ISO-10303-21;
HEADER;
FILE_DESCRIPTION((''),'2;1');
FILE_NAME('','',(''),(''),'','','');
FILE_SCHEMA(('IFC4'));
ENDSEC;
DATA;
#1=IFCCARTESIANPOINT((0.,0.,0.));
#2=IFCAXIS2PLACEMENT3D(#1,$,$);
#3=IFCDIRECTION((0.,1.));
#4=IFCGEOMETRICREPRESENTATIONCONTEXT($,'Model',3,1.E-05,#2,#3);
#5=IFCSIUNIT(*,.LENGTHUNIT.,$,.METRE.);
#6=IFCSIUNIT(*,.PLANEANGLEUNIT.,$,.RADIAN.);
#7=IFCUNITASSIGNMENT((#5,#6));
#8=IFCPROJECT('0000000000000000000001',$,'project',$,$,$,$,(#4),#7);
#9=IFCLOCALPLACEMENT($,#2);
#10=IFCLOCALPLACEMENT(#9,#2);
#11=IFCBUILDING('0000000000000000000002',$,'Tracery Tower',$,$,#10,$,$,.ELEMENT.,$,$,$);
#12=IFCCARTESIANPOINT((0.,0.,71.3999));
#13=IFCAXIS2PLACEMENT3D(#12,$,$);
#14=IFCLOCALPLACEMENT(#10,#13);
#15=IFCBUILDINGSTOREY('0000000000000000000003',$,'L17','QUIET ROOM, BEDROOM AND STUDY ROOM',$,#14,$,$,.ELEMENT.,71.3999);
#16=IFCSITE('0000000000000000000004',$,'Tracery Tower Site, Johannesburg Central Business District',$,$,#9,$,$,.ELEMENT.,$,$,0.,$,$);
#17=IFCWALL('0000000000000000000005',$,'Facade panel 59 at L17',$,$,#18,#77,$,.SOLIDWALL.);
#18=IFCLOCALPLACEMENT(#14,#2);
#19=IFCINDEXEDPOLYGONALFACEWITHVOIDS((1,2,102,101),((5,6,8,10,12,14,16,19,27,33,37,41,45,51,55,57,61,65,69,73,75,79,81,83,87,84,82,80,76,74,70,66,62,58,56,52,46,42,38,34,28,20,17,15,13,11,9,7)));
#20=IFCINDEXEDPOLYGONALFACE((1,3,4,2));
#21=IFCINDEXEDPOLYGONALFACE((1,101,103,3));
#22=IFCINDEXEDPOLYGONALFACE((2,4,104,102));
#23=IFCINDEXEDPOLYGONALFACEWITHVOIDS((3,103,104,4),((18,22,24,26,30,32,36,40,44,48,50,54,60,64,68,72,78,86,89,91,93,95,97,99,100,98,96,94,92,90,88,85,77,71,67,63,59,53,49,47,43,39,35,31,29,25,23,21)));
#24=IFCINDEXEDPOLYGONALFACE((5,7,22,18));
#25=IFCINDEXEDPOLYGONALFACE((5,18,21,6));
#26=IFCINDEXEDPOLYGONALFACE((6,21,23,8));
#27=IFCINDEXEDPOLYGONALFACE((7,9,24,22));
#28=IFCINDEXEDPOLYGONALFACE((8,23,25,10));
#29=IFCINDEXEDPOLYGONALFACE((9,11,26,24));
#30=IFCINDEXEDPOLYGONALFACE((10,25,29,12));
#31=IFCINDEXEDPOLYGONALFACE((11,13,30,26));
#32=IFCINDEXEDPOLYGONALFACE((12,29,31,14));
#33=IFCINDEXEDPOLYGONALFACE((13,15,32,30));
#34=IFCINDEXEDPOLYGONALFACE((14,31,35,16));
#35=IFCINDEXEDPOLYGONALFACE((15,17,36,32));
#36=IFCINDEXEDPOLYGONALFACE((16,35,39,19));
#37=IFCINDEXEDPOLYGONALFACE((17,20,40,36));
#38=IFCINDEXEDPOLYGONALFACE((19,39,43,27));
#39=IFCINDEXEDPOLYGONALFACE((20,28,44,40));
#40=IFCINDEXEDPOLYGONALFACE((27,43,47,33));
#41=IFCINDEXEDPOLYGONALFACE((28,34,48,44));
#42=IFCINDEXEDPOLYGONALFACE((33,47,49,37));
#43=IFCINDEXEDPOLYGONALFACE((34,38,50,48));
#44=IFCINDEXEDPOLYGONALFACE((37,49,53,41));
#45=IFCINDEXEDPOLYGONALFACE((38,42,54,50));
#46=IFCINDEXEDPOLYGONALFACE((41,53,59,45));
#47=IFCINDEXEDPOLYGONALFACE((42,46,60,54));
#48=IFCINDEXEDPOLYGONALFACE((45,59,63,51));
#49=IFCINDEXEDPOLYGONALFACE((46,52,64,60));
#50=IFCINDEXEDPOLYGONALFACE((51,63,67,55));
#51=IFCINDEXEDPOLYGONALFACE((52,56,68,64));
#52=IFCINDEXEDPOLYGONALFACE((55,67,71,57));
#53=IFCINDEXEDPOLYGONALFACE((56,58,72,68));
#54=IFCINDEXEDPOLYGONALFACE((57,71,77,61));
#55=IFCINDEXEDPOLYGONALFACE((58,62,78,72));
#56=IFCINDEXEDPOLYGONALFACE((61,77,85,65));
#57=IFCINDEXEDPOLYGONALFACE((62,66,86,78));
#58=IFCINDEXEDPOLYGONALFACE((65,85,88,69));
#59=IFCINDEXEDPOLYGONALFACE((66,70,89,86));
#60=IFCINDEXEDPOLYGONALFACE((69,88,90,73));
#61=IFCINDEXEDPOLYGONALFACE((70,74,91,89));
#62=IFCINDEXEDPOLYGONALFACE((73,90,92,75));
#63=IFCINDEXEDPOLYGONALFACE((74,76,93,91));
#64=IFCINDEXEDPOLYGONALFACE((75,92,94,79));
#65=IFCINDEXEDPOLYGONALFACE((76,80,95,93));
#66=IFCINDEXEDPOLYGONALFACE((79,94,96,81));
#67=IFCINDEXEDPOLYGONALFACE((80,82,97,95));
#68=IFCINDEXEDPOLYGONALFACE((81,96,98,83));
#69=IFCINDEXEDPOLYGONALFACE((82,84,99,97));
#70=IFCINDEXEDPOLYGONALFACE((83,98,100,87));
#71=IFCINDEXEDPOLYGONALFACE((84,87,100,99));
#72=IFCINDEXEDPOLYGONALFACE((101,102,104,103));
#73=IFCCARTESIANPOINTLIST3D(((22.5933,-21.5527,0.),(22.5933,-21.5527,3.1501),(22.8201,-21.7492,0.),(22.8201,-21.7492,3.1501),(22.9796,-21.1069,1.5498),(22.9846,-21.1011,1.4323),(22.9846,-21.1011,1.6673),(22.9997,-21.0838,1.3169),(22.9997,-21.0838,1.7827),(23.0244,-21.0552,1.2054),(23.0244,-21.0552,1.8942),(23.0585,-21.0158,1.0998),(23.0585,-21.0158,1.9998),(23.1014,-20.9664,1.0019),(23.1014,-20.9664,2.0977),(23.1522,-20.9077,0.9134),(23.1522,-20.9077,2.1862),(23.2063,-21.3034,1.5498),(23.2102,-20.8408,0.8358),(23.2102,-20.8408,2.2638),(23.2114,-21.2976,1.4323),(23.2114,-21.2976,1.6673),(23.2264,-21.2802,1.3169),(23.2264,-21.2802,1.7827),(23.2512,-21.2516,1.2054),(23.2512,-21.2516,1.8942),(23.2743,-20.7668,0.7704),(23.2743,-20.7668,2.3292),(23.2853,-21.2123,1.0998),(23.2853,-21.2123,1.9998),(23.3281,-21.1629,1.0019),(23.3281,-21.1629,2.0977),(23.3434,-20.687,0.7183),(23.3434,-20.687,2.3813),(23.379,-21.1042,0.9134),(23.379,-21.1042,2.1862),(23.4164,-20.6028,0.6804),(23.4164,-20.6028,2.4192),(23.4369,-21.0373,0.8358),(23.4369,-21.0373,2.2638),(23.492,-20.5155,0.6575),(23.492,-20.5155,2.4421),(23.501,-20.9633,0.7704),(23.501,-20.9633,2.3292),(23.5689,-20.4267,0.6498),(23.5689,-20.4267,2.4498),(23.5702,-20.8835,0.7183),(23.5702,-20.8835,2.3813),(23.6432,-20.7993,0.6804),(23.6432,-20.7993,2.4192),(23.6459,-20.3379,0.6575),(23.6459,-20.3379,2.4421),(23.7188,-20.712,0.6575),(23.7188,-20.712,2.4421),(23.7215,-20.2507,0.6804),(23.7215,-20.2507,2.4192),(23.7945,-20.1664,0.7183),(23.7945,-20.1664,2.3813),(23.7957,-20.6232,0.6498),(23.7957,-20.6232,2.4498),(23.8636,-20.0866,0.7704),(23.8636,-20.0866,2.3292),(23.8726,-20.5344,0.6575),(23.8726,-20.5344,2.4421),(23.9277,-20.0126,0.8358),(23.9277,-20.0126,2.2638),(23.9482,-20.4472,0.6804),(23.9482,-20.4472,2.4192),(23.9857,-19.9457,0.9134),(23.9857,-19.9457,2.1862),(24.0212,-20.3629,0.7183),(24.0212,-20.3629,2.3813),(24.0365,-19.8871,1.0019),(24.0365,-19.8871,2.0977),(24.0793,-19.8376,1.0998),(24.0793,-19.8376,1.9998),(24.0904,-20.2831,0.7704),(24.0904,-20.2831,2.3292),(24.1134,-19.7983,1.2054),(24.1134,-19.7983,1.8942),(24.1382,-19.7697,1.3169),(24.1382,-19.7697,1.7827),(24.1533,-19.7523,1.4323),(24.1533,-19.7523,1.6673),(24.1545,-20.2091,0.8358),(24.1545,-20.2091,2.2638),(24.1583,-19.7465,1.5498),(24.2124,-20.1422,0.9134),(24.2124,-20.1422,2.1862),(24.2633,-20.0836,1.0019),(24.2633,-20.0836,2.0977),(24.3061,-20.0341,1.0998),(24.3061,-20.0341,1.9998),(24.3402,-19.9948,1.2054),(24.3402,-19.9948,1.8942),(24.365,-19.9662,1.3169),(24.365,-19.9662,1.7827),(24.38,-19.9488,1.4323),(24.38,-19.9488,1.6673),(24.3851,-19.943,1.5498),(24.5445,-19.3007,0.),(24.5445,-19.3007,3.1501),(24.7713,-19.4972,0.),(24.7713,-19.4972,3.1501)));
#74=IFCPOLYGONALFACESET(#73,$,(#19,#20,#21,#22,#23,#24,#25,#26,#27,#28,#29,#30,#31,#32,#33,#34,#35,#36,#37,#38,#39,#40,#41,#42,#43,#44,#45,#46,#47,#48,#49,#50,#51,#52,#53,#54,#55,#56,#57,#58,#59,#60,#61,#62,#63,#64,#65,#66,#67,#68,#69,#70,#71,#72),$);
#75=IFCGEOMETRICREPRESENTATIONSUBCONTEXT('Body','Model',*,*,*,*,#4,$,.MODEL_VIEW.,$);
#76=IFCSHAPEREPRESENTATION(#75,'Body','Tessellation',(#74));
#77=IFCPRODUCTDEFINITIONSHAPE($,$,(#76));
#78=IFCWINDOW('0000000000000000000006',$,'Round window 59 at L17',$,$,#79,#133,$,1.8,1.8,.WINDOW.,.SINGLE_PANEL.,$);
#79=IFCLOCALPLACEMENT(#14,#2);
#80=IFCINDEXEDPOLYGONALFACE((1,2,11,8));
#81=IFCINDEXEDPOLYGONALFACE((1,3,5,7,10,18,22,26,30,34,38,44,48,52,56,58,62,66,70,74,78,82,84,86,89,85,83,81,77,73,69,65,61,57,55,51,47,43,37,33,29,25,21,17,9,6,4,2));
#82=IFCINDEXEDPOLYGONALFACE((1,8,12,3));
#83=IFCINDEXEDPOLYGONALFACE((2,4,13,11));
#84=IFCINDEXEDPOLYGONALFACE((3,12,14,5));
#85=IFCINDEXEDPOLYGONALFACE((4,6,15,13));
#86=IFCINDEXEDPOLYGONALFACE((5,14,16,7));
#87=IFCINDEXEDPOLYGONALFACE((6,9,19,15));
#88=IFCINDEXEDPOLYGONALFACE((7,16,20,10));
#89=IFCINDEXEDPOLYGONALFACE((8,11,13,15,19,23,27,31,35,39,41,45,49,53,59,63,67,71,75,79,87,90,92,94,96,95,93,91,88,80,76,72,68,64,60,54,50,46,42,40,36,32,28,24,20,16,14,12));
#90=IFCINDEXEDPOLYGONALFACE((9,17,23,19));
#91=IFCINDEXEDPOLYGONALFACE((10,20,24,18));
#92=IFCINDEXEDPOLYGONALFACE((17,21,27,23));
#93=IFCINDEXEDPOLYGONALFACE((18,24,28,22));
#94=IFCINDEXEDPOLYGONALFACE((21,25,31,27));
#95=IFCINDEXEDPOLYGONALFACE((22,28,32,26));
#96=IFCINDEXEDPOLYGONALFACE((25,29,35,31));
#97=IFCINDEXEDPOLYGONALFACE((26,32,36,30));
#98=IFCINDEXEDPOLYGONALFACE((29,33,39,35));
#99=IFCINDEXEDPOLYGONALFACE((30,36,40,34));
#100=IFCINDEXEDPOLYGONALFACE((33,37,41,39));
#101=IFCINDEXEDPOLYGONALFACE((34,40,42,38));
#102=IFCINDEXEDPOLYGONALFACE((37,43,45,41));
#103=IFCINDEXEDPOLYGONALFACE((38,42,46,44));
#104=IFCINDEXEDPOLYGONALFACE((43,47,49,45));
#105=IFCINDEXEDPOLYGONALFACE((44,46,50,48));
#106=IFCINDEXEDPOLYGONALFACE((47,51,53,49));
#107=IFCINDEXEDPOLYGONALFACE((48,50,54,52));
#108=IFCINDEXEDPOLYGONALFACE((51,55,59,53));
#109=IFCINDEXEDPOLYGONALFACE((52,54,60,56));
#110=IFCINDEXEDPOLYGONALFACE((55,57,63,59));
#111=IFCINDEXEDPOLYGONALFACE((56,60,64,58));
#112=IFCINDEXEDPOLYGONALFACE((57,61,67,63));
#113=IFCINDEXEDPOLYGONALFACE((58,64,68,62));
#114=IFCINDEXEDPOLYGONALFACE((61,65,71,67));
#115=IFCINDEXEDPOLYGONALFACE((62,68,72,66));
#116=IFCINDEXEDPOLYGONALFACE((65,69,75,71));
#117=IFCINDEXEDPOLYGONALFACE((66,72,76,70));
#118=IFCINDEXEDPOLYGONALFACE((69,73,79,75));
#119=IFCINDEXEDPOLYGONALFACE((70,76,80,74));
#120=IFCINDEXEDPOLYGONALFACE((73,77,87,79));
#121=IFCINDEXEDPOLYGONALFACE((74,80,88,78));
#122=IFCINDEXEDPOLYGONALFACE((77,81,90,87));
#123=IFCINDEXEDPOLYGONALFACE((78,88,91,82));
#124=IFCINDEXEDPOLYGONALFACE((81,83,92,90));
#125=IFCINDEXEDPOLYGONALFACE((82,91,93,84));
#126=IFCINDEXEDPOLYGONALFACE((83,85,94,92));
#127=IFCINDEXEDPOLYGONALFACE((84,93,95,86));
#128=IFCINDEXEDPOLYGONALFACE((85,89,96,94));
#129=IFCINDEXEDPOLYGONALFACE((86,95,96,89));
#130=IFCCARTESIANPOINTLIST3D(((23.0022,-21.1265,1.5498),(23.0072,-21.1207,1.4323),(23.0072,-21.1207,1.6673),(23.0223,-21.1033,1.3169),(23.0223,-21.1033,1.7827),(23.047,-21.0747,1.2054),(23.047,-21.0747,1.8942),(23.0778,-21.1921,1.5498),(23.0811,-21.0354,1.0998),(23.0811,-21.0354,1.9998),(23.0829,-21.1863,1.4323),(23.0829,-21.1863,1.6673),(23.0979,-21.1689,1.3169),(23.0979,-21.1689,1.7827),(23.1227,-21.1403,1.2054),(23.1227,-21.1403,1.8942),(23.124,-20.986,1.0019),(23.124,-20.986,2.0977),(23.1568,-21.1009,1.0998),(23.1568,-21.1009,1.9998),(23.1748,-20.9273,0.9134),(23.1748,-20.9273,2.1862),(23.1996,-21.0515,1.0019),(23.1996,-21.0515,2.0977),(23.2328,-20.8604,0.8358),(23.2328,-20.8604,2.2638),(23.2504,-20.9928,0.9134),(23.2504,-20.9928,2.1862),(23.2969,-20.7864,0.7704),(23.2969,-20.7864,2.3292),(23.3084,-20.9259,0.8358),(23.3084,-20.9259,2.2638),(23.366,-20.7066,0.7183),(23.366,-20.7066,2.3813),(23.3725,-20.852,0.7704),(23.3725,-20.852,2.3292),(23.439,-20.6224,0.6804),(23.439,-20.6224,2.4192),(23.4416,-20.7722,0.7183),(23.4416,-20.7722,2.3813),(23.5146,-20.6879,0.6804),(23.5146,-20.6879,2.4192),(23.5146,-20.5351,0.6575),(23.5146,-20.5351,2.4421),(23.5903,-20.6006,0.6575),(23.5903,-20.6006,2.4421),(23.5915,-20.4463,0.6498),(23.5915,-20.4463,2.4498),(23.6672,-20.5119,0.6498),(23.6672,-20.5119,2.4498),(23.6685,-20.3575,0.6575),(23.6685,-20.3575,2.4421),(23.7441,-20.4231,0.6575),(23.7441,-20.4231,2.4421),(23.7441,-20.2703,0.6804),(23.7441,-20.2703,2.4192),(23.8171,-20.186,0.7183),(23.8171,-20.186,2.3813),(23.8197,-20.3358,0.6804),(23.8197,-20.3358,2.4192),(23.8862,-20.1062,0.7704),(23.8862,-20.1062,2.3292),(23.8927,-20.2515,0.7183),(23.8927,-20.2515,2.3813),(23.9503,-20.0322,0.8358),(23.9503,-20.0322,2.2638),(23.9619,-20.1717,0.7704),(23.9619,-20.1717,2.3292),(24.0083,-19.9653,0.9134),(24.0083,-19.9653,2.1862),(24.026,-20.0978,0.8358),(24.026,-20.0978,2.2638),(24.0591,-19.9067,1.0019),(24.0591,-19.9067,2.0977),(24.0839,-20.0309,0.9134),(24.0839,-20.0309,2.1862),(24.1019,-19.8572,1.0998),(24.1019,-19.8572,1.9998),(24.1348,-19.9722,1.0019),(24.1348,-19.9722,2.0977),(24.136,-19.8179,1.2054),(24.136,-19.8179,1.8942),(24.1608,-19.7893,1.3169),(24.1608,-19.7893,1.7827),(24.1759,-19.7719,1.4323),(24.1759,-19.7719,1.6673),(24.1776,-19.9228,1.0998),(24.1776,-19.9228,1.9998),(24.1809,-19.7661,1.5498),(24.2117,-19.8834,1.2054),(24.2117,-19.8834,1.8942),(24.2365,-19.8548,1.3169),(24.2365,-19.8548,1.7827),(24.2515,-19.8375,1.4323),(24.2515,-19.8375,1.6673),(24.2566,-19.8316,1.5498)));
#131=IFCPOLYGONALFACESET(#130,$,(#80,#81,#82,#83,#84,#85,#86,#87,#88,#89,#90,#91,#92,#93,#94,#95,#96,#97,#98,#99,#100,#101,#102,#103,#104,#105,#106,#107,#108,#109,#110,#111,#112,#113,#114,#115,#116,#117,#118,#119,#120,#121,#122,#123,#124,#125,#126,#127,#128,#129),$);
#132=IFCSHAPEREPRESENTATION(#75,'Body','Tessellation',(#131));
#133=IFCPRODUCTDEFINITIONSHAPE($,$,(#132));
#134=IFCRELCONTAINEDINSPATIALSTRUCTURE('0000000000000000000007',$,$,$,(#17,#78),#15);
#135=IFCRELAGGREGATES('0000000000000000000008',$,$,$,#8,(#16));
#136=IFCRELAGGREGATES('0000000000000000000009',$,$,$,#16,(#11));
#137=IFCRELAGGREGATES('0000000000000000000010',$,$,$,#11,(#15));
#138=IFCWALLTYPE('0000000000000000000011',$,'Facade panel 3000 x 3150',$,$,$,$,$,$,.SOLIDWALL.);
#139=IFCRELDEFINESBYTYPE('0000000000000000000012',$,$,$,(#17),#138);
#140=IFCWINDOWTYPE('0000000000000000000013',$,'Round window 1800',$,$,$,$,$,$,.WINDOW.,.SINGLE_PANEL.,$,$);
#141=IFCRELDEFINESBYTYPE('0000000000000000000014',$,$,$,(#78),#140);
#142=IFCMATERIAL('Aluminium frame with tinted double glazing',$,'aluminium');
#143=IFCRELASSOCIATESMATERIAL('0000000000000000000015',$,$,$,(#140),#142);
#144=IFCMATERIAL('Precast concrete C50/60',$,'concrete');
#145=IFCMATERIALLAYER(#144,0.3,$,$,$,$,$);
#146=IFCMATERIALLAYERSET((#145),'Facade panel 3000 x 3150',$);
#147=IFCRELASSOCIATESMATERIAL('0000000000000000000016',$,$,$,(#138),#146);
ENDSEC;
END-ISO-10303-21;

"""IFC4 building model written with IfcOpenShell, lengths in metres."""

from ifc_helpers import new_model, si_unit, direction, frame, frame_2d, origin, origin_2d, place, context, subcontext, project, spatial, rectangle, circle, extrude, material, layer, layer_set, type_object, element, fill, save


model = new_model("IFC4")

# Units and contexts
model_context = context("Model", 3, precision=1e-05, world=origin(), true_north=direction((0.0, 1.0)))
body_context = subcontext(model_context, "Body", "Model", "MODEL_VIEW")
ifc_project = project(units=[si_unit("LENGTHUNIT", "METRE"), si_unit("PLANEANGLEUNIT", "RADIAN")], contexts=[model_context])

# Site, building, storey
site_placement = place(None, origin())
site = spatial("IfcSite", under=ifc_project, at=site_placement, Name="Tracery Tower Site, Johannesburg Central Business District", CompositionType="ELEMENT", RefElevation=0.0)
building_placement = place(site_placement, origin())
building = spatial("IfcBuilding", under=site, at=building_placement, Name="Tracery Tower", CompositionType="ELEMENT")
storey_placement = place(building_placement, frame((0.0, 0.0, 71.3999)))
storey = spatial("IfcBuildingStorey", under=building, at=storey_placement, Name="L17", Description="QUIET ROOM, BEDROOM AND STUDY ROOM", CompositionType="ELEMENT", Elevation=71.3999)

# Wall, opening, window
ifc_material_1 = material(Name="Aluminium frame with tinted double glazing", Category="aluminium")
window_type = type_object("IfcWindowType", Name="Round window 1800", PartitioningType="SINGLE_PANEL", PredefinedType="WINDOW", material=ifc_material_1)
ifc_material_2 = material(Name="Precast concrete C50/60", Category="concrete")
ifc_layer_1 = layer(ifc_material_2, 0.3)
ifc_layer_set_1 = layer_set([ifc_layer_1], Name="Facade panel 3000 x 3150")
wall_type_1 = type_object("IfcWallType", Name="Facade panel 3000 x 3150", PredefinedType="SOLIDWALL", material=ifc_layer_set_1)
wall_1_placement = place(storey_placement, frame((22.7068, -21.6509, 0.0), z_axis=(0.0, 0.0, 1.0), x_axis=(0.654831, 0.755776, 0.0)))
wall_1 = element("IfcWall", 1, at=wall_1_placement, inside=storey, type_object=wall_type_1, Name="Facade panel 59 at L17", PredefinedType="SOLIDWALL", context=body_context, shape_type="SweptSolid", body=[
    extrude(rectangle(XDim=2.9797, YDim=0.3, at=frame_2d((1.4897, 0.0))), origin(), (0.0, 0.0, 1.0), 3.1501),
])
opening_1_placement = place(wall_1_placement, frame((1.4897, 0.0, 1.5498)))
opening_1 = element("IfcOpeningElement", 2, at=opening_1_placement, cuts=wall_1, PredefinedType="OPENING", context=body_context, shape_type="SweptSolid", body=[
    extrude(circle(Radius=0.9, at=origin_2d()), frame((0.0, 0.1599, 0.0), z_axis=(0.0, -1.0, 0.0), x_axis=(1.0, 0.0, 0.0)), (0.0, 0.0, 1.0), 0.3201),
])
window_1_placement = place(opening_1_placement, origin())
window_1 = element("IfcWindow", 3, at=window_1_placement, inside=storey, type_object=window_type, Name="Round window 59 at L17", OverallHeight=1.8, OverallWidth=1.8, PartitioningType="SINGLE_PANEL", PredefinedType="WINDOW", context=body_context, shape_type="SweptSolid", body=[
    extrude(circle(Radius=0.9, at=origin_2d()), frame((0.0, 0.1201, 0.0), z_axis=(0.0, -1.0, 0.0), x_axis=(1.0, 0.0, 0.0)), (0.0, 0.0, 1.0), 0.1001),
])
fill(opening_1, window_1)

save(model, "model.ifc")
